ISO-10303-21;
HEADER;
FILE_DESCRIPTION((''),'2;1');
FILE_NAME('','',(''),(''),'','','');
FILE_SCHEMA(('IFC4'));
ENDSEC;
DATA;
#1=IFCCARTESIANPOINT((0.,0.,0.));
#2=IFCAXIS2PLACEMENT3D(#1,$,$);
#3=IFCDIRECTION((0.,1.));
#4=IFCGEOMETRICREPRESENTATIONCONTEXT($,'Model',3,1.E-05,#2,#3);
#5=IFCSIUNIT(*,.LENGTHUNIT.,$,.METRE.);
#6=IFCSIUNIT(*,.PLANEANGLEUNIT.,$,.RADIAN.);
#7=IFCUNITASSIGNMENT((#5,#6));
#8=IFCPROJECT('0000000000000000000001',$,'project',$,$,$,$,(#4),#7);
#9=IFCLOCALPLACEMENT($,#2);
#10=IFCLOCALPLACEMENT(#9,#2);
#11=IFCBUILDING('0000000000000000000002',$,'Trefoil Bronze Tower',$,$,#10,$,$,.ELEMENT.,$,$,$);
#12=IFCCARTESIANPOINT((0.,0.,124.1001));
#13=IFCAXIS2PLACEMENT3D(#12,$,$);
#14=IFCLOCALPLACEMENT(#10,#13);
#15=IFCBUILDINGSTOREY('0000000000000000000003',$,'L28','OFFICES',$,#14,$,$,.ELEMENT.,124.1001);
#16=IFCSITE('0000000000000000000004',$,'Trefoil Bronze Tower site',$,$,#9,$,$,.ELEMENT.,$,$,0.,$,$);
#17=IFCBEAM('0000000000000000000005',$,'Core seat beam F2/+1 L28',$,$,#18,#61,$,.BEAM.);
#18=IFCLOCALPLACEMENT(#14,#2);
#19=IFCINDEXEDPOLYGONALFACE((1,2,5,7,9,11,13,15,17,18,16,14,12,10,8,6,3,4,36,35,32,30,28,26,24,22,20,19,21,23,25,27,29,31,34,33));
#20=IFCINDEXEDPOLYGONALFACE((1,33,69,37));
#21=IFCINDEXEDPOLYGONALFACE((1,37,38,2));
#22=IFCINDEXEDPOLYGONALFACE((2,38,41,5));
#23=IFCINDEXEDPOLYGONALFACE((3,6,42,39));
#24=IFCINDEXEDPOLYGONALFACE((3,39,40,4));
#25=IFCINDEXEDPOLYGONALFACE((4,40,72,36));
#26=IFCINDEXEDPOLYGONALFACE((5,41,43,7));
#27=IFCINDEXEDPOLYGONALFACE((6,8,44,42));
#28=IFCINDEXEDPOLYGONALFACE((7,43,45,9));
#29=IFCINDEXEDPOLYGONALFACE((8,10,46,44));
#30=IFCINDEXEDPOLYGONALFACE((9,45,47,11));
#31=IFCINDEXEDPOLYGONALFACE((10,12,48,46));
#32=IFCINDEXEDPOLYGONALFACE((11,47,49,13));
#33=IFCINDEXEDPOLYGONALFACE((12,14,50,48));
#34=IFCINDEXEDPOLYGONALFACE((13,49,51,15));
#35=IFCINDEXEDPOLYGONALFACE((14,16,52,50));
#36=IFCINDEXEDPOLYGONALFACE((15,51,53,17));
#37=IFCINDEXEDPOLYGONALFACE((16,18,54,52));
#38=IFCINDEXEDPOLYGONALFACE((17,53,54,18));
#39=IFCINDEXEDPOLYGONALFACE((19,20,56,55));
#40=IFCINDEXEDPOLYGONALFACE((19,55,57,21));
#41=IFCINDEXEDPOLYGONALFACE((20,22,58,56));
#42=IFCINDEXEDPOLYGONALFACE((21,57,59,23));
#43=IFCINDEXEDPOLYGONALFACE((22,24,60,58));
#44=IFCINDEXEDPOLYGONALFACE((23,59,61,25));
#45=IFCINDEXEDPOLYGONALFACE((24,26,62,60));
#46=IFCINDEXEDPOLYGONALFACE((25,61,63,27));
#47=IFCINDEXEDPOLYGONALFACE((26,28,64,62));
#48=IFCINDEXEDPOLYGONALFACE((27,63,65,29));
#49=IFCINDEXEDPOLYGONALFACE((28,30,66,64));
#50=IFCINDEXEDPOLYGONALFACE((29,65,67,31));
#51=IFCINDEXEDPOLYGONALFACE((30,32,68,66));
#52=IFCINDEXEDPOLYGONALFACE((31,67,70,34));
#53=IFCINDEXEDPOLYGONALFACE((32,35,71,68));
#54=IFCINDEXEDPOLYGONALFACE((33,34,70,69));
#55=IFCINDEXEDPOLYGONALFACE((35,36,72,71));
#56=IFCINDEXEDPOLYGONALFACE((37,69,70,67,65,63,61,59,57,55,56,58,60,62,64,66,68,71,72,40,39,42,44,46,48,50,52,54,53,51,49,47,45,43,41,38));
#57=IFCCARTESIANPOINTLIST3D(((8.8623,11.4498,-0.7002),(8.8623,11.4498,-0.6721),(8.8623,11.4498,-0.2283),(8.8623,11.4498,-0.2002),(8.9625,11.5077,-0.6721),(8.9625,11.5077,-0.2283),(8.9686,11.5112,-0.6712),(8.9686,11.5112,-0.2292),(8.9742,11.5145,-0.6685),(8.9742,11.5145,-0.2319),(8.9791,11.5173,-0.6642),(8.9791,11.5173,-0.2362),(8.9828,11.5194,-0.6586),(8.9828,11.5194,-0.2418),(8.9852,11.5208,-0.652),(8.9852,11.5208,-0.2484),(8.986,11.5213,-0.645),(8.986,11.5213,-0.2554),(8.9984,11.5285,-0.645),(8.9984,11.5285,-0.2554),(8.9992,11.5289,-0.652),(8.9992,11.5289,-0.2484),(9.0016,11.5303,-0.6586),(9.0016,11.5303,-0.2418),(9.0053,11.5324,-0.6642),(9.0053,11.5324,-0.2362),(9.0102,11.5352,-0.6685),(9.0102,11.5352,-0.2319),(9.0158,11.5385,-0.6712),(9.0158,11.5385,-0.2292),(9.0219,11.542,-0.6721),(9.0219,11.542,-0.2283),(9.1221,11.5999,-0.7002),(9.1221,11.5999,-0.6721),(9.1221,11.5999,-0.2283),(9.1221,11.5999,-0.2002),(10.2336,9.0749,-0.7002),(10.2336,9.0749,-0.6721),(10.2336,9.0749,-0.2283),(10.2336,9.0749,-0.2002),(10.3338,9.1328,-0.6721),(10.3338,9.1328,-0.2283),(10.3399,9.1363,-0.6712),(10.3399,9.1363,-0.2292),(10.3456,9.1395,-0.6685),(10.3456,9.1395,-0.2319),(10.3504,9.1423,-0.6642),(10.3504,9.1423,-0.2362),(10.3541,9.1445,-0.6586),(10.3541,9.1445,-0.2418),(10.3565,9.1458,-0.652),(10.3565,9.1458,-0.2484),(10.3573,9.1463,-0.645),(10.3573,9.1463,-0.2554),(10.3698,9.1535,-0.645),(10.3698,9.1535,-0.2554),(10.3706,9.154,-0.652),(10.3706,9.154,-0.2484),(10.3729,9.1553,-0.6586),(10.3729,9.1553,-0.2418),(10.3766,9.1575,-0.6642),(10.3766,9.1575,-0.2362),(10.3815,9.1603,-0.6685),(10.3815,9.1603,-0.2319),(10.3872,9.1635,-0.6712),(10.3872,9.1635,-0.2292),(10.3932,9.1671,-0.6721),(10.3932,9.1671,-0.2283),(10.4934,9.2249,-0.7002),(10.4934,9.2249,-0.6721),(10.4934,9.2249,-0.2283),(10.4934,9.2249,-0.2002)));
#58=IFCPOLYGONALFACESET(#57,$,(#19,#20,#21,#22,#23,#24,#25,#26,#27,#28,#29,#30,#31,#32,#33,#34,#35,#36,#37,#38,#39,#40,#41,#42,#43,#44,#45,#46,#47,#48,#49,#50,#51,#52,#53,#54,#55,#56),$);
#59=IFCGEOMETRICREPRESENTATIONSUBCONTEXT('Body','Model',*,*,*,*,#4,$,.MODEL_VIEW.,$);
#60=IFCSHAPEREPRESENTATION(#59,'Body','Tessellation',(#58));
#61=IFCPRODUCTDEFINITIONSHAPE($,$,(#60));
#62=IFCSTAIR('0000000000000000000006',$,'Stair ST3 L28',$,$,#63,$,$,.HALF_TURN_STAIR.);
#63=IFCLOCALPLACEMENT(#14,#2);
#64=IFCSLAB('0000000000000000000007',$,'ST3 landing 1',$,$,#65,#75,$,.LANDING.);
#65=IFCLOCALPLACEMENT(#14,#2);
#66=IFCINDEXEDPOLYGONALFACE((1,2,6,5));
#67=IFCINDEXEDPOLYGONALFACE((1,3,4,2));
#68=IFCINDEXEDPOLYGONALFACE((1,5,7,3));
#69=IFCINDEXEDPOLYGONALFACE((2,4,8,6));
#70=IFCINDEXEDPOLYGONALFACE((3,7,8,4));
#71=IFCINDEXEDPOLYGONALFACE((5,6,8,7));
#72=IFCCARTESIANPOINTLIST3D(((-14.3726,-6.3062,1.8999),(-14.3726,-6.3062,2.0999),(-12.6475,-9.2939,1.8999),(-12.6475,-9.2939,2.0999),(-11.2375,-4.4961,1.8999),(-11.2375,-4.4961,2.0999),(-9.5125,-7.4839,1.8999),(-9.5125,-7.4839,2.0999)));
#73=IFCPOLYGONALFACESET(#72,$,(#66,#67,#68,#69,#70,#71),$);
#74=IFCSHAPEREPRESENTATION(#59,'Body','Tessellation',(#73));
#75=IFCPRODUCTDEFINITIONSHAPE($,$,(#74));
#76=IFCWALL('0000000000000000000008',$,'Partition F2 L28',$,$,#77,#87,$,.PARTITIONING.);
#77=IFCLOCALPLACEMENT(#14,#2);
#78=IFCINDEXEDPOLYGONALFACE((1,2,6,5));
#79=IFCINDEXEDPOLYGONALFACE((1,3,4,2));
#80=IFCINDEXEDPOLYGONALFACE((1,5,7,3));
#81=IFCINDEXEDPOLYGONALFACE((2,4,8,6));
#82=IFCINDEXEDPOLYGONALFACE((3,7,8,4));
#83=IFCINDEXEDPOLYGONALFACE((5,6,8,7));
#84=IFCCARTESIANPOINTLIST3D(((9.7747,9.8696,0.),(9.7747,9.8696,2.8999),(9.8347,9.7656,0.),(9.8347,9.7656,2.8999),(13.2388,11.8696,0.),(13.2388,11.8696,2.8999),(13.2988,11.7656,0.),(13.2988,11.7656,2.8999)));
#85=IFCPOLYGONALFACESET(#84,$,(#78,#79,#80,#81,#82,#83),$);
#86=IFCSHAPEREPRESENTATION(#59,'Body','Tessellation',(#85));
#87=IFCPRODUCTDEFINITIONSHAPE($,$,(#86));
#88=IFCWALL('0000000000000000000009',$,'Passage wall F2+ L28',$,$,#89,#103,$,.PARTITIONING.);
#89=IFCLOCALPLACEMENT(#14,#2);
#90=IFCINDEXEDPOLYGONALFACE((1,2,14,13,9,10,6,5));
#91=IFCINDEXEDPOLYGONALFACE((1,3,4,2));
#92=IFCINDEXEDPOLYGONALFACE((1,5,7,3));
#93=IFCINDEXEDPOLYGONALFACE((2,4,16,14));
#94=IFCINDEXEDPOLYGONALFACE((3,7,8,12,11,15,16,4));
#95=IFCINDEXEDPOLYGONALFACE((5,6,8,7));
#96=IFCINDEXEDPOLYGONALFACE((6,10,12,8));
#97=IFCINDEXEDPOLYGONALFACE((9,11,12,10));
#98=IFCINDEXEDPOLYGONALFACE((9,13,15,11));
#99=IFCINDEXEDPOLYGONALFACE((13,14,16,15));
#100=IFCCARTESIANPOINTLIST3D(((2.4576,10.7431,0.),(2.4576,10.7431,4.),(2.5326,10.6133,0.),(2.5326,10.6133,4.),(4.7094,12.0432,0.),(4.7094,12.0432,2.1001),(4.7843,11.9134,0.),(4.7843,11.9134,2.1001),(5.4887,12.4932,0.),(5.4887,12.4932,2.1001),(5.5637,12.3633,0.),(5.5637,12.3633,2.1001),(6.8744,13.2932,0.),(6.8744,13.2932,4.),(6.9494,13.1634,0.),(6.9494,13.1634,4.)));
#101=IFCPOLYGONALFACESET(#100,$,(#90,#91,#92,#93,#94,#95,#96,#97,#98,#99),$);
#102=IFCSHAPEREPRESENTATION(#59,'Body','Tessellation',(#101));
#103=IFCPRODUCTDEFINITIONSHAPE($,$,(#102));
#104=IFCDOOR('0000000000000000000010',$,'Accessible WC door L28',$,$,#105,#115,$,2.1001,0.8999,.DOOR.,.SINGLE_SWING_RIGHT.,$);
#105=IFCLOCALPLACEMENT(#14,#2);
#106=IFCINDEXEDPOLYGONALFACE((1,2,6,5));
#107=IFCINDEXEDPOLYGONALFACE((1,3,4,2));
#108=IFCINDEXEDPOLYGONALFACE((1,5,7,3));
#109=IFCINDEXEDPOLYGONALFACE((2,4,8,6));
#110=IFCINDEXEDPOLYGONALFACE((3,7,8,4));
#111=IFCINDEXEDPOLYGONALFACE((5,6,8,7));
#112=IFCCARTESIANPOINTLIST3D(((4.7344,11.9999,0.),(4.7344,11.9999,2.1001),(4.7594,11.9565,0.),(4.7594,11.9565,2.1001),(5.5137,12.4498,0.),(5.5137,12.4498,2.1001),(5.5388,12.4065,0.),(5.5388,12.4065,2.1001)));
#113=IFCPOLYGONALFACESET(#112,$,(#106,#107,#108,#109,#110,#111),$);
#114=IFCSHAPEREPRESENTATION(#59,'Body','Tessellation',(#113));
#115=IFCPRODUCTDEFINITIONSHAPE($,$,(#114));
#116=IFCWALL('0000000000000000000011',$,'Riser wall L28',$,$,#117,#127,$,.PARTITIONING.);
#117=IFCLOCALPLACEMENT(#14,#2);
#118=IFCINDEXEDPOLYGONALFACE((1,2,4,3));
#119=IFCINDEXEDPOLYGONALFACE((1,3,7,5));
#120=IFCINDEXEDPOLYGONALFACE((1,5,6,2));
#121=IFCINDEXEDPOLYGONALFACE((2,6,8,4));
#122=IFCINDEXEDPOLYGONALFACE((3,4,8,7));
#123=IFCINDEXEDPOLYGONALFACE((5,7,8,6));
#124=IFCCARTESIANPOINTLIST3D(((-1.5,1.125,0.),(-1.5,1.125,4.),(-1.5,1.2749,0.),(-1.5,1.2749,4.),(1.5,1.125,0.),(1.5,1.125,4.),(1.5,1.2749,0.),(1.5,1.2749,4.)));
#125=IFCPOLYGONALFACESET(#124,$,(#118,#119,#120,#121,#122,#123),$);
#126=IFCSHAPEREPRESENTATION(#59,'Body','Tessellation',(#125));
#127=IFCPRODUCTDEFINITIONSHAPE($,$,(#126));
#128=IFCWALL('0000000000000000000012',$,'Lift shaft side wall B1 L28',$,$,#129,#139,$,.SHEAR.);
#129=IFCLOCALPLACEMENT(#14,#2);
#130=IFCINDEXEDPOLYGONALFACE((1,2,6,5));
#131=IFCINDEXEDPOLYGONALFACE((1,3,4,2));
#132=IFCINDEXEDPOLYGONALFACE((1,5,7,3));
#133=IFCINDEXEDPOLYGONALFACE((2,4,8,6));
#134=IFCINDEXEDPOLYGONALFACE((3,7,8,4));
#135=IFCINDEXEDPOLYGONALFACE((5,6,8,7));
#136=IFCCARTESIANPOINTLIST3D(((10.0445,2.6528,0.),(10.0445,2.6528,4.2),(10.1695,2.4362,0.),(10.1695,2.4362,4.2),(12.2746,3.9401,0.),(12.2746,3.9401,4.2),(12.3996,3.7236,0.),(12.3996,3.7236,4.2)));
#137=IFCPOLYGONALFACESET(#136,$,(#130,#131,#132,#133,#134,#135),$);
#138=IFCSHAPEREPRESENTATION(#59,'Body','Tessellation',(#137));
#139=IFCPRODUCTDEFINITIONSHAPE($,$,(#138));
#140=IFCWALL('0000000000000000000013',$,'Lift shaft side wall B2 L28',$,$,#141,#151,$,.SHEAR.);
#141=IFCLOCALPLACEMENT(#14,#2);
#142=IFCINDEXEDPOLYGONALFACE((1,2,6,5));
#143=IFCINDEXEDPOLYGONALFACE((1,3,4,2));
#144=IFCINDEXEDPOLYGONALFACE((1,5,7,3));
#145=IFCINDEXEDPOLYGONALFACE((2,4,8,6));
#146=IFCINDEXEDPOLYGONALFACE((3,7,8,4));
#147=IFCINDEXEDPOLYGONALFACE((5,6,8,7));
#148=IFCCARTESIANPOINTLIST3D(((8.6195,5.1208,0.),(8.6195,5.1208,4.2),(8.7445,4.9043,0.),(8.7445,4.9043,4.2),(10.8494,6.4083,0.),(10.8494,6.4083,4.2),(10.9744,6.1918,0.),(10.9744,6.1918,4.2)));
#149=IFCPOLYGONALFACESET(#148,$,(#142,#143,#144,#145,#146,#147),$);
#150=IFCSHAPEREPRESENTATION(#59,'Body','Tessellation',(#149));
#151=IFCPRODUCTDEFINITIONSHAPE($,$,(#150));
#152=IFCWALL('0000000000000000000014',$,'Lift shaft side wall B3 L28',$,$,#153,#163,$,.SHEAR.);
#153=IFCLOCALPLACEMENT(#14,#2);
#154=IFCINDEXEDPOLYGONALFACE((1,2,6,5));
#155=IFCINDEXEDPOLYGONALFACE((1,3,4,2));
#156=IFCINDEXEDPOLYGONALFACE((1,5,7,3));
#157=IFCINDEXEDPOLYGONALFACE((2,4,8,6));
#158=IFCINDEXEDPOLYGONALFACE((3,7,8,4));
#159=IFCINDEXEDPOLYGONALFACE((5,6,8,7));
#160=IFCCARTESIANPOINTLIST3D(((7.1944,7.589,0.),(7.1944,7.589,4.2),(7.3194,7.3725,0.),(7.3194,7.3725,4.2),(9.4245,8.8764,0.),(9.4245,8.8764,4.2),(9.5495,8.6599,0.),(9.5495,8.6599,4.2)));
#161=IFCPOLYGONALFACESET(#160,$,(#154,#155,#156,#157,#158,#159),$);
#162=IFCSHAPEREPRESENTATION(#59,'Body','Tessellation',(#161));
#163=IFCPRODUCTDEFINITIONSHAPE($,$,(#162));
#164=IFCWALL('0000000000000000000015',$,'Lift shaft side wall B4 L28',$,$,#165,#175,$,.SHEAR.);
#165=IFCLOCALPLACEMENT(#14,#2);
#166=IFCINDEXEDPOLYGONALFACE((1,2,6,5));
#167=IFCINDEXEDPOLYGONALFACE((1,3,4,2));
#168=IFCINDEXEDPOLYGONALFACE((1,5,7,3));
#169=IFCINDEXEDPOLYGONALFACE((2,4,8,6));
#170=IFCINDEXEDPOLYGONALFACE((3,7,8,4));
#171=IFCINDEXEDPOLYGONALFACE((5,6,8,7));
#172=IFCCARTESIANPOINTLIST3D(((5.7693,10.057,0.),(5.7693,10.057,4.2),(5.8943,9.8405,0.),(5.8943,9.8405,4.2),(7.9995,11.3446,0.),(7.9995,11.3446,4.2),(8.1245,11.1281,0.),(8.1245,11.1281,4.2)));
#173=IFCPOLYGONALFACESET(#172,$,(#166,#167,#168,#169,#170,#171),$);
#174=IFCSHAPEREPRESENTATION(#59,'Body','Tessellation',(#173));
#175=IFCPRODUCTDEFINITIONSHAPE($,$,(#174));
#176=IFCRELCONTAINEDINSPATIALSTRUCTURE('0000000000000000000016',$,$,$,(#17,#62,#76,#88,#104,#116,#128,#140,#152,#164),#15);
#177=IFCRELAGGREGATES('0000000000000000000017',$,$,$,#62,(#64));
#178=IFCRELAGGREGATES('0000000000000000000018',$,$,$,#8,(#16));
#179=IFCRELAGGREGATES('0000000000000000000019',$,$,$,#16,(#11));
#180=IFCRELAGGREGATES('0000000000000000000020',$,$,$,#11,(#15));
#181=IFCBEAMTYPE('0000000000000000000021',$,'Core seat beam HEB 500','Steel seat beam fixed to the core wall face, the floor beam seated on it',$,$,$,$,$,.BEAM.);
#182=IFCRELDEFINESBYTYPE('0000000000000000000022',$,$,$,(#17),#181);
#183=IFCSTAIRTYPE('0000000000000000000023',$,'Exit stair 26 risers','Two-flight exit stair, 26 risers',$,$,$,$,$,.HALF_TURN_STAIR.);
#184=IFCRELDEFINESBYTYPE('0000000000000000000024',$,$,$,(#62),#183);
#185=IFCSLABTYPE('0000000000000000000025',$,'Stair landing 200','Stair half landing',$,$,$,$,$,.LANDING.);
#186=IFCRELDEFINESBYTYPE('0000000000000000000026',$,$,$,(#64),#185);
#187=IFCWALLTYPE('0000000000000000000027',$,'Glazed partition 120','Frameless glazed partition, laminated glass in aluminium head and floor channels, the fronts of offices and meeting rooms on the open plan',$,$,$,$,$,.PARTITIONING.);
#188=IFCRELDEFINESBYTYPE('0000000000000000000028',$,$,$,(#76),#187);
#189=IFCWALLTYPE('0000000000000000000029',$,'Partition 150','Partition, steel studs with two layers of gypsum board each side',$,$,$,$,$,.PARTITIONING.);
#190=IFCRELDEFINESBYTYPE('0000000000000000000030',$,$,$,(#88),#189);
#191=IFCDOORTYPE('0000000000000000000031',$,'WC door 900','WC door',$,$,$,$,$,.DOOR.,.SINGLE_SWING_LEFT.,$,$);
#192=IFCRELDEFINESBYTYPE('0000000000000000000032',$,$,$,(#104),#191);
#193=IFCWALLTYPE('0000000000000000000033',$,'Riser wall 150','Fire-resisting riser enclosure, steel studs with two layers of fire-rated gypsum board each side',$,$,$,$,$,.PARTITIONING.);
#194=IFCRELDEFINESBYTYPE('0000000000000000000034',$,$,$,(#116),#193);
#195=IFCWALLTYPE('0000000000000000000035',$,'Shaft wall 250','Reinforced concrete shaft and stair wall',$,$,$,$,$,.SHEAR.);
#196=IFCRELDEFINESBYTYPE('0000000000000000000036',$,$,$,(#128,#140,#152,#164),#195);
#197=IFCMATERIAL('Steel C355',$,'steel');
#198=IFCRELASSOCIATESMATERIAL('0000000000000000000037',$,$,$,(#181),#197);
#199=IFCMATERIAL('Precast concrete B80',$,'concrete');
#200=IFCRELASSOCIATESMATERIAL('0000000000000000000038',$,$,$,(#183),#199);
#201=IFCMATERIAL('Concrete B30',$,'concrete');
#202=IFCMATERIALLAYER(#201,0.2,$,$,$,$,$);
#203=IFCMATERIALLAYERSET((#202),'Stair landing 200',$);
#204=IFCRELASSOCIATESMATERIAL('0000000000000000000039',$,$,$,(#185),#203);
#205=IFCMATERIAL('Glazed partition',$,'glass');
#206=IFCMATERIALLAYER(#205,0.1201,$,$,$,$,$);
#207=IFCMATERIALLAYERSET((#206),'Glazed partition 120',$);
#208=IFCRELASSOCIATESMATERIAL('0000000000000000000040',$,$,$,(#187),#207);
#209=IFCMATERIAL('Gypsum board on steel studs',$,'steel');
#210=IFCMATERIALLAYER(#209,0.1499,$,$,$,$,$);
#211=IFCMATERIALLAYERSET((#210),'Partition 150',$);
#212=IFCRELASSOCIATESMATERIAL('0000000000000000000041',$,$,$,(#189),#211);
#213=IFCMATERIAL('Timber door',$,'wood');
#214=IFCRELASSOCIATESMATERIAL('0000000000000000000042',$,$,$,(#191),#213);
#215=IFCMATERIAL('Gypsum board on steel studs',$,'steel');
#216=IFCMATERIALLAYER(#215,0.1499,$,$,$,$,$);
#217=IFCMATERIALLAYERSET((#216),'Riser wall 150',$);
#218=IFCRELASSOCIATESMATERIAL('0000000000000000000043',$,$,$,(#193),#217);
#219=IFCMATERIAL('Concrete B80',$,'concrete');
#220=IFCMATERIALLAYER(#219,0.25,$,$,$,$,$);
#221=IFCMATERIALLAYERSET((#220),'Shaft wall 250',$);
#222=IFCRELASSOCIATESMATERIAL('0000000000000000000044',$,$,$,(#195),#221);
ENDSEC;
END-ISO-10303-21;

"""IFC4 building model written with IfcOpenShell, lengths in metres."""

from ifc_helpers import new_model, si_unit, direction, frame, frame_2d, origin, origin_2d, place, context, subcontext, project, spatial, polyline, rectangle, i_section, outline, extrude, material, layer, layer_set, material_profile, profile_set, type_object, element, fill, aggregate, save


model = new_model("IFC4")

# Units and contexts
model_context = context("Model", 3, precision=1e-05, world=origin(), true_north=direction((0.0, 1.0)))
body_context = subcontext(model_context, "Body", "Model", "MODEL_VIEW")
ifc_project = project(units=[si_unit("LENGTHUNIT", "METRE"), si_unit("PLANEANGLEUNIT", "RADIAN")], contexts=[model_context])

# Site, building, storey
site_placement = place(None, origin())
site = spatial("IfcSite", under=ifc_project, at=site_placement, Name="Trefoil Bronze Tower site", CompositionType="ELEMENT", RefElevation=0.0)
building_placement = place(site_placement, origin())
building = spatial("IfcBuilding", under=site, at=building_placement, Name="Trefoil Bronze Tower", CompositionType="ELEMENT")
storey_placement = place(building_placement, frame((0.0, 0.0, 124.1001)))
storey = spatial("IfcBuildingStorey", under=building, at=storey_placement, Name="L28", Description="OFFICES", CompositionType="ELEMENT", Elevation=124.1001)

# Beam
ifc_material_1 = material(Name="Steel C355", Category="steel")
ifc_material_profile = material_profile(ifc_material_1, i_section(OverallWidth=0.3, OverallDepth=0.5, WebThickness=0.0144, FlangeThickness=0.0281, FilletRadius=0.0271, at=origin_2d()), Name="HEB 500")
ifc_profile_set = profile_set([ifc_material_profile], Name="Steel C355")
beam_type = type_object("IfcBeamType", Name="Core seat beam HEB 500", Description="Steel seat beam fixed to the core wall face, the floor beam seated on it", PredefinedType="BEAM", material=ifc_profile_set)
beam_placement = place(storey_placement, frame((10.3635, 9.1499, -0.4502), z_axis=(-0.500036, 0.866005, 0.0), x_axis=(-0.866005, -0.500036, 0.0)))
element("IfcBeam", 1, at=beam_placement, inside=storey, type_object=beam_type, Name="Core seat beam F2/+1 L28", PredefinedType="BEAM", context=body_context, shape_type="SweptSolid", body=[
    extrude(i_section(OverallWidth=0.3, OverallDepth=0.5, WebThickness=0.0144, FlangeThickness=0.0281, FilletRadius=0.0271, at=origin_2d()), origin(), (0.0, 0.0, 1.0), 2.7424),
])

# Stair, slab
ifc_material_2 = material(Name="Precast concrete B80", Category="concrete")
stair_type = type_object("IfcStairType", Name="Exit stair 26 risers", Description="Two-flight exit stair, 26 risers", PredefinedType="HALF_TURN_STAIR", material=ifc_material_2)
stair_placement = place(storey_placement, origin())
stair = element("IfcStair", 2, at=stair_placement, inside=storey, type_object=stair_type, Name="Stair ST3 L28", PredefinedType="HALF_TURN_STAIR")
ifc_material_3 = material(Name="Concrete B30", Category="concrete")
ifc_layer_1 = layer(ifc_material_3, 0.2)
ifc_layer_set_1 = layer_set([ifc_layer_1], Name="Stair landing 200")
slab_type = type_object("IfcSlabType", Name="Stair landing 200", Description="Stair half landing", PredefinedType="LANDING", material=ifc_layer_set_1)
slab_placement = place(storey_placement, frame((0.0, 0.0, 1.8999)))
slab = element("IfcSlab", 3, at=slab_placement, type_object=slab_type, Name="ST3 landing 1", PredefinedType="LANDING", context=body_context, shape_type="SweptSolid", body=[
    extrude(outline(polyline([(-11.2375, -4.4961), (-14.3726, -6.3062), (-12.6475, -9.2939), (-9.5125, -7.4839), (-11.2375, -4.4961)])), origin(), (0.0, 0.0, 1.0), 0.2),
])
aggregate(stair, [slab])

# Wall
ifc_material_4 = material(Name="Glazed partition", Category="glass")
ifc_layer_2 = layer(ifc_material_4, 0.1201)
ifc_layer_set_2 = layer_set([ifc_layer_2], Name="Glazed partition 120")
wall_type_1 = type_object("IfcWallType", Name="Glazed partition 120", Description="Frameless glazed partition, laminated glass in aluminium head and floor channels, the fronts of offices and meeting rooms on the open plan", PredefinedType="PARTITIONING", material=ifc_layer_set_2)
wall_1_placement = place(storey_placement, frame((9.8047, 9.8176, 0.0), z_axis=(0.0, 0.0, 1.0), x_axis=(0.866026, 0.499999, 0.0)))
element("IfcWall", 4, at=wall_1_placement, inside=storey, type_object=wall_type_1, Name="Partition F2 L28", PredefinedType="PARTITIONING", context=body_context, shape_type="SweptSolid", body=[
    extrude(rectangle(XDim=4.0, YDim=0.1201, at=frame_2d((2.0, 0.0))), origin(), (0.0, 0.0, 1.0), 2.8999),
])

# Wall, opening, door
ifc_material_5 = material(Name="Gypsum board on steel studs", Category="steel")
ifc_layer_3 = layer(ifc_material_5, 0.1499)
ifc_layer_set_3 = layer_set([ifc_layer_3], Name="Partition 150")
wall_type_2 = type_object("IfcWallType", Name="Partition 150", Description="Partition, steel studs with two layers of gypsum board each side", PredefinedType="PARTITIONING", material=ifc_layer_set_3)
wall_2_placement = place(storey_placement, frame((2.4951, 10.6782, 0.0), z_axis=(0.0, 0.0, 1.0), x_axis=(0.866022, 0.500006, 0.0)))
wall_2 = element("IfcWall", 5, at=wall_2_placement, inside=storey, type_object=wall_type_2, Name="Passage wall F2+ L28", PredefinedType="PARTITIONING", context=body_context, shape_type="SweptSolid", body=[
    extrude(rectangle(XDim=5.1001, YDim=0.1499, at=frame_2d((2.55, 0.0))), origin(), (0.0, 0.0, 1.0), 4.0),
])
opening_1_placement = place(wall_2_placement, frame((2.6001, 0.0, 0.0)))
opening_1 = element("IfcOpeningElement", 6, at=opening_1_placement, cuts=wall_2, PredefinedType="OPENING", context=body_context, shape_type="SweptSolid", body=[
    extrude(rectangle(XDim=0.8999, YDim=2.1001, at=frame_2d((0.45, 1.05))), frame((0.0, 0.085, 0.0), z_axis=(0.0, -1.0, 0.0), x_axis=(1.0, 0.0, 0.0)), (0.0, 0.0, 1.0), 0.1699),
])
ifc_material_6 = material(Name="Timber door", Category="wood")
door_type_1 = type_object("IfcDoorType", Name="WC door 900", Description="WC door", OperationType="SINGLE_SWING_LEFT", PredefinedType="DOOR", material=ifc_material_6)
door_1_placement = place(opening_1_placement, origin())
door_1 = element("IfcDoor", 7, at=door_1_placement, inside=storey, type_object=door_type_1, Name="Accessible WC door L28", OperationType="SINGLE_SWING_RIGHT", OverallHeight=2.1001, OverallWidth=0.8999, PredefinedType="DOOR", context=body_context, shape_type="SweptSolid", body=[
    extrude(rectangle(XDim=0.8999, YDim=2.1001, at=frame_2d((0.45, 1.05))), frame((0.0, 0.0249, 0.0), z_axis=(0.0, -1.0, 0.0), x_axis=(1.0, 0.0, 0.0)), (0.0, 0.0, 1.0), 0.05),
])
fill(opening_1, door_1)

# Walls
ifc_material_7 = material(Name="Gypsum board on steel studs", Category="steel")
ifc_layer_4 = layer(ifc_material_7, 0.1499)
ifc_layer_set_4 = layer_set([ifc_layer_4], Name="Riser wall 150")
wall_type_3 = type_object("IfcWallType", Name="Riser wall 150", Description="Fire-resisting riser enclosure, steel studs with two layers of fire-rated gypsum board each side", PredefinedType="PARTITIONING", material=ifc_layer_set_4)
wall_3_placement = place(storey_placement, frame((1.5, 1.2, 0.0), z_axis=(0.0, 0.0, 1.0), x_axis=(-1.0, 0.0, 0.0)))
element("IfcWall", 8, at=wall_3_placement, inside=storey, type_object=wall_type_3, Name="Riser wall L28", PredefinedType="PARTITIONING", context=body_context, shape_type="SweptSolid", body=[
    extrude(rectangle(XDim=3.0, YDim=0.1499, at=frame_2d((1.5, 0.0))), origin(), (0.0, 0.0, 1.0), 4.0),
])
ifc_material_8 = material(Name="Concrete B80", Category="concrete")
ifc_layer_5 = layer(ifc_material_8, 0.25)
ifc_layer_set_5 = layer_set([ifc_layer_5], Name="Shaft wall 250")
wall_type_4 = type_object("IfcWallType", Name="Shaft wall 250", Description="Reinforced concrete shaft and stair wall", PredefinedType="SHEAR", material=ifc_layer_set_5)
for number, where, z_axis, x_axis, name in (
    (9, (10.1069, 2.5444, 0.0), (0.0, 0.0, 1.0), (0.866047, 0.499963, 0.0), "Lift shaft side wall B1 L28"),
    (10, (8.6819, 5.0125, 0.0), (0.0, 0.0, 1.0), (0.866006, 0.500034, 0.0), "Lift shaft side wall B2 L28"),
    (11, (7.2568, 7.4807, 0.0), (0.0, 0.0, 1.0), (0.866047, 0.499963, 0.0), "Lift shaft side wall B3 L28"),
):
    element("IfcWall", number, at=place(storey_placement, frame(where, z_axis=z_axis, x_axis=x_axis)), inside=storey, type_object=wall_type_4, Name=name, PredefinedType="SHEAR", context=body_context, shape_type="SweptSolid", body=[
        extrude(rectangle(XDim=2.575, YDim=0.25, at=frame_2d((1.2876, 0.0))), origin(), (0.0, 0.0, 1.0), 4.2),
    ])
wall_4_placement = place(storey_placement, frame((5.8318, 9.9487, 0.0), z_axis=(0.0, 0.0, 1.0), x_axis=(0.866029, 0.499993, 0.0)))
element("IfcWall", 12, at=wall_4_placement, inside=storey, type_object=wall_type_4, Name="Lift shaft side wall B4 L28", PredefinedType="SHEAR", context=body_context, shape_type="SweptSolid", body=[
    extrude(rectangle(XDim=2.5752, YDim=0.25, at=frame_2d((1.2876, 0.0))), origin(), (0.0, 0.0, 1.0), 4.2),
])

save(model, "model.ifc")
